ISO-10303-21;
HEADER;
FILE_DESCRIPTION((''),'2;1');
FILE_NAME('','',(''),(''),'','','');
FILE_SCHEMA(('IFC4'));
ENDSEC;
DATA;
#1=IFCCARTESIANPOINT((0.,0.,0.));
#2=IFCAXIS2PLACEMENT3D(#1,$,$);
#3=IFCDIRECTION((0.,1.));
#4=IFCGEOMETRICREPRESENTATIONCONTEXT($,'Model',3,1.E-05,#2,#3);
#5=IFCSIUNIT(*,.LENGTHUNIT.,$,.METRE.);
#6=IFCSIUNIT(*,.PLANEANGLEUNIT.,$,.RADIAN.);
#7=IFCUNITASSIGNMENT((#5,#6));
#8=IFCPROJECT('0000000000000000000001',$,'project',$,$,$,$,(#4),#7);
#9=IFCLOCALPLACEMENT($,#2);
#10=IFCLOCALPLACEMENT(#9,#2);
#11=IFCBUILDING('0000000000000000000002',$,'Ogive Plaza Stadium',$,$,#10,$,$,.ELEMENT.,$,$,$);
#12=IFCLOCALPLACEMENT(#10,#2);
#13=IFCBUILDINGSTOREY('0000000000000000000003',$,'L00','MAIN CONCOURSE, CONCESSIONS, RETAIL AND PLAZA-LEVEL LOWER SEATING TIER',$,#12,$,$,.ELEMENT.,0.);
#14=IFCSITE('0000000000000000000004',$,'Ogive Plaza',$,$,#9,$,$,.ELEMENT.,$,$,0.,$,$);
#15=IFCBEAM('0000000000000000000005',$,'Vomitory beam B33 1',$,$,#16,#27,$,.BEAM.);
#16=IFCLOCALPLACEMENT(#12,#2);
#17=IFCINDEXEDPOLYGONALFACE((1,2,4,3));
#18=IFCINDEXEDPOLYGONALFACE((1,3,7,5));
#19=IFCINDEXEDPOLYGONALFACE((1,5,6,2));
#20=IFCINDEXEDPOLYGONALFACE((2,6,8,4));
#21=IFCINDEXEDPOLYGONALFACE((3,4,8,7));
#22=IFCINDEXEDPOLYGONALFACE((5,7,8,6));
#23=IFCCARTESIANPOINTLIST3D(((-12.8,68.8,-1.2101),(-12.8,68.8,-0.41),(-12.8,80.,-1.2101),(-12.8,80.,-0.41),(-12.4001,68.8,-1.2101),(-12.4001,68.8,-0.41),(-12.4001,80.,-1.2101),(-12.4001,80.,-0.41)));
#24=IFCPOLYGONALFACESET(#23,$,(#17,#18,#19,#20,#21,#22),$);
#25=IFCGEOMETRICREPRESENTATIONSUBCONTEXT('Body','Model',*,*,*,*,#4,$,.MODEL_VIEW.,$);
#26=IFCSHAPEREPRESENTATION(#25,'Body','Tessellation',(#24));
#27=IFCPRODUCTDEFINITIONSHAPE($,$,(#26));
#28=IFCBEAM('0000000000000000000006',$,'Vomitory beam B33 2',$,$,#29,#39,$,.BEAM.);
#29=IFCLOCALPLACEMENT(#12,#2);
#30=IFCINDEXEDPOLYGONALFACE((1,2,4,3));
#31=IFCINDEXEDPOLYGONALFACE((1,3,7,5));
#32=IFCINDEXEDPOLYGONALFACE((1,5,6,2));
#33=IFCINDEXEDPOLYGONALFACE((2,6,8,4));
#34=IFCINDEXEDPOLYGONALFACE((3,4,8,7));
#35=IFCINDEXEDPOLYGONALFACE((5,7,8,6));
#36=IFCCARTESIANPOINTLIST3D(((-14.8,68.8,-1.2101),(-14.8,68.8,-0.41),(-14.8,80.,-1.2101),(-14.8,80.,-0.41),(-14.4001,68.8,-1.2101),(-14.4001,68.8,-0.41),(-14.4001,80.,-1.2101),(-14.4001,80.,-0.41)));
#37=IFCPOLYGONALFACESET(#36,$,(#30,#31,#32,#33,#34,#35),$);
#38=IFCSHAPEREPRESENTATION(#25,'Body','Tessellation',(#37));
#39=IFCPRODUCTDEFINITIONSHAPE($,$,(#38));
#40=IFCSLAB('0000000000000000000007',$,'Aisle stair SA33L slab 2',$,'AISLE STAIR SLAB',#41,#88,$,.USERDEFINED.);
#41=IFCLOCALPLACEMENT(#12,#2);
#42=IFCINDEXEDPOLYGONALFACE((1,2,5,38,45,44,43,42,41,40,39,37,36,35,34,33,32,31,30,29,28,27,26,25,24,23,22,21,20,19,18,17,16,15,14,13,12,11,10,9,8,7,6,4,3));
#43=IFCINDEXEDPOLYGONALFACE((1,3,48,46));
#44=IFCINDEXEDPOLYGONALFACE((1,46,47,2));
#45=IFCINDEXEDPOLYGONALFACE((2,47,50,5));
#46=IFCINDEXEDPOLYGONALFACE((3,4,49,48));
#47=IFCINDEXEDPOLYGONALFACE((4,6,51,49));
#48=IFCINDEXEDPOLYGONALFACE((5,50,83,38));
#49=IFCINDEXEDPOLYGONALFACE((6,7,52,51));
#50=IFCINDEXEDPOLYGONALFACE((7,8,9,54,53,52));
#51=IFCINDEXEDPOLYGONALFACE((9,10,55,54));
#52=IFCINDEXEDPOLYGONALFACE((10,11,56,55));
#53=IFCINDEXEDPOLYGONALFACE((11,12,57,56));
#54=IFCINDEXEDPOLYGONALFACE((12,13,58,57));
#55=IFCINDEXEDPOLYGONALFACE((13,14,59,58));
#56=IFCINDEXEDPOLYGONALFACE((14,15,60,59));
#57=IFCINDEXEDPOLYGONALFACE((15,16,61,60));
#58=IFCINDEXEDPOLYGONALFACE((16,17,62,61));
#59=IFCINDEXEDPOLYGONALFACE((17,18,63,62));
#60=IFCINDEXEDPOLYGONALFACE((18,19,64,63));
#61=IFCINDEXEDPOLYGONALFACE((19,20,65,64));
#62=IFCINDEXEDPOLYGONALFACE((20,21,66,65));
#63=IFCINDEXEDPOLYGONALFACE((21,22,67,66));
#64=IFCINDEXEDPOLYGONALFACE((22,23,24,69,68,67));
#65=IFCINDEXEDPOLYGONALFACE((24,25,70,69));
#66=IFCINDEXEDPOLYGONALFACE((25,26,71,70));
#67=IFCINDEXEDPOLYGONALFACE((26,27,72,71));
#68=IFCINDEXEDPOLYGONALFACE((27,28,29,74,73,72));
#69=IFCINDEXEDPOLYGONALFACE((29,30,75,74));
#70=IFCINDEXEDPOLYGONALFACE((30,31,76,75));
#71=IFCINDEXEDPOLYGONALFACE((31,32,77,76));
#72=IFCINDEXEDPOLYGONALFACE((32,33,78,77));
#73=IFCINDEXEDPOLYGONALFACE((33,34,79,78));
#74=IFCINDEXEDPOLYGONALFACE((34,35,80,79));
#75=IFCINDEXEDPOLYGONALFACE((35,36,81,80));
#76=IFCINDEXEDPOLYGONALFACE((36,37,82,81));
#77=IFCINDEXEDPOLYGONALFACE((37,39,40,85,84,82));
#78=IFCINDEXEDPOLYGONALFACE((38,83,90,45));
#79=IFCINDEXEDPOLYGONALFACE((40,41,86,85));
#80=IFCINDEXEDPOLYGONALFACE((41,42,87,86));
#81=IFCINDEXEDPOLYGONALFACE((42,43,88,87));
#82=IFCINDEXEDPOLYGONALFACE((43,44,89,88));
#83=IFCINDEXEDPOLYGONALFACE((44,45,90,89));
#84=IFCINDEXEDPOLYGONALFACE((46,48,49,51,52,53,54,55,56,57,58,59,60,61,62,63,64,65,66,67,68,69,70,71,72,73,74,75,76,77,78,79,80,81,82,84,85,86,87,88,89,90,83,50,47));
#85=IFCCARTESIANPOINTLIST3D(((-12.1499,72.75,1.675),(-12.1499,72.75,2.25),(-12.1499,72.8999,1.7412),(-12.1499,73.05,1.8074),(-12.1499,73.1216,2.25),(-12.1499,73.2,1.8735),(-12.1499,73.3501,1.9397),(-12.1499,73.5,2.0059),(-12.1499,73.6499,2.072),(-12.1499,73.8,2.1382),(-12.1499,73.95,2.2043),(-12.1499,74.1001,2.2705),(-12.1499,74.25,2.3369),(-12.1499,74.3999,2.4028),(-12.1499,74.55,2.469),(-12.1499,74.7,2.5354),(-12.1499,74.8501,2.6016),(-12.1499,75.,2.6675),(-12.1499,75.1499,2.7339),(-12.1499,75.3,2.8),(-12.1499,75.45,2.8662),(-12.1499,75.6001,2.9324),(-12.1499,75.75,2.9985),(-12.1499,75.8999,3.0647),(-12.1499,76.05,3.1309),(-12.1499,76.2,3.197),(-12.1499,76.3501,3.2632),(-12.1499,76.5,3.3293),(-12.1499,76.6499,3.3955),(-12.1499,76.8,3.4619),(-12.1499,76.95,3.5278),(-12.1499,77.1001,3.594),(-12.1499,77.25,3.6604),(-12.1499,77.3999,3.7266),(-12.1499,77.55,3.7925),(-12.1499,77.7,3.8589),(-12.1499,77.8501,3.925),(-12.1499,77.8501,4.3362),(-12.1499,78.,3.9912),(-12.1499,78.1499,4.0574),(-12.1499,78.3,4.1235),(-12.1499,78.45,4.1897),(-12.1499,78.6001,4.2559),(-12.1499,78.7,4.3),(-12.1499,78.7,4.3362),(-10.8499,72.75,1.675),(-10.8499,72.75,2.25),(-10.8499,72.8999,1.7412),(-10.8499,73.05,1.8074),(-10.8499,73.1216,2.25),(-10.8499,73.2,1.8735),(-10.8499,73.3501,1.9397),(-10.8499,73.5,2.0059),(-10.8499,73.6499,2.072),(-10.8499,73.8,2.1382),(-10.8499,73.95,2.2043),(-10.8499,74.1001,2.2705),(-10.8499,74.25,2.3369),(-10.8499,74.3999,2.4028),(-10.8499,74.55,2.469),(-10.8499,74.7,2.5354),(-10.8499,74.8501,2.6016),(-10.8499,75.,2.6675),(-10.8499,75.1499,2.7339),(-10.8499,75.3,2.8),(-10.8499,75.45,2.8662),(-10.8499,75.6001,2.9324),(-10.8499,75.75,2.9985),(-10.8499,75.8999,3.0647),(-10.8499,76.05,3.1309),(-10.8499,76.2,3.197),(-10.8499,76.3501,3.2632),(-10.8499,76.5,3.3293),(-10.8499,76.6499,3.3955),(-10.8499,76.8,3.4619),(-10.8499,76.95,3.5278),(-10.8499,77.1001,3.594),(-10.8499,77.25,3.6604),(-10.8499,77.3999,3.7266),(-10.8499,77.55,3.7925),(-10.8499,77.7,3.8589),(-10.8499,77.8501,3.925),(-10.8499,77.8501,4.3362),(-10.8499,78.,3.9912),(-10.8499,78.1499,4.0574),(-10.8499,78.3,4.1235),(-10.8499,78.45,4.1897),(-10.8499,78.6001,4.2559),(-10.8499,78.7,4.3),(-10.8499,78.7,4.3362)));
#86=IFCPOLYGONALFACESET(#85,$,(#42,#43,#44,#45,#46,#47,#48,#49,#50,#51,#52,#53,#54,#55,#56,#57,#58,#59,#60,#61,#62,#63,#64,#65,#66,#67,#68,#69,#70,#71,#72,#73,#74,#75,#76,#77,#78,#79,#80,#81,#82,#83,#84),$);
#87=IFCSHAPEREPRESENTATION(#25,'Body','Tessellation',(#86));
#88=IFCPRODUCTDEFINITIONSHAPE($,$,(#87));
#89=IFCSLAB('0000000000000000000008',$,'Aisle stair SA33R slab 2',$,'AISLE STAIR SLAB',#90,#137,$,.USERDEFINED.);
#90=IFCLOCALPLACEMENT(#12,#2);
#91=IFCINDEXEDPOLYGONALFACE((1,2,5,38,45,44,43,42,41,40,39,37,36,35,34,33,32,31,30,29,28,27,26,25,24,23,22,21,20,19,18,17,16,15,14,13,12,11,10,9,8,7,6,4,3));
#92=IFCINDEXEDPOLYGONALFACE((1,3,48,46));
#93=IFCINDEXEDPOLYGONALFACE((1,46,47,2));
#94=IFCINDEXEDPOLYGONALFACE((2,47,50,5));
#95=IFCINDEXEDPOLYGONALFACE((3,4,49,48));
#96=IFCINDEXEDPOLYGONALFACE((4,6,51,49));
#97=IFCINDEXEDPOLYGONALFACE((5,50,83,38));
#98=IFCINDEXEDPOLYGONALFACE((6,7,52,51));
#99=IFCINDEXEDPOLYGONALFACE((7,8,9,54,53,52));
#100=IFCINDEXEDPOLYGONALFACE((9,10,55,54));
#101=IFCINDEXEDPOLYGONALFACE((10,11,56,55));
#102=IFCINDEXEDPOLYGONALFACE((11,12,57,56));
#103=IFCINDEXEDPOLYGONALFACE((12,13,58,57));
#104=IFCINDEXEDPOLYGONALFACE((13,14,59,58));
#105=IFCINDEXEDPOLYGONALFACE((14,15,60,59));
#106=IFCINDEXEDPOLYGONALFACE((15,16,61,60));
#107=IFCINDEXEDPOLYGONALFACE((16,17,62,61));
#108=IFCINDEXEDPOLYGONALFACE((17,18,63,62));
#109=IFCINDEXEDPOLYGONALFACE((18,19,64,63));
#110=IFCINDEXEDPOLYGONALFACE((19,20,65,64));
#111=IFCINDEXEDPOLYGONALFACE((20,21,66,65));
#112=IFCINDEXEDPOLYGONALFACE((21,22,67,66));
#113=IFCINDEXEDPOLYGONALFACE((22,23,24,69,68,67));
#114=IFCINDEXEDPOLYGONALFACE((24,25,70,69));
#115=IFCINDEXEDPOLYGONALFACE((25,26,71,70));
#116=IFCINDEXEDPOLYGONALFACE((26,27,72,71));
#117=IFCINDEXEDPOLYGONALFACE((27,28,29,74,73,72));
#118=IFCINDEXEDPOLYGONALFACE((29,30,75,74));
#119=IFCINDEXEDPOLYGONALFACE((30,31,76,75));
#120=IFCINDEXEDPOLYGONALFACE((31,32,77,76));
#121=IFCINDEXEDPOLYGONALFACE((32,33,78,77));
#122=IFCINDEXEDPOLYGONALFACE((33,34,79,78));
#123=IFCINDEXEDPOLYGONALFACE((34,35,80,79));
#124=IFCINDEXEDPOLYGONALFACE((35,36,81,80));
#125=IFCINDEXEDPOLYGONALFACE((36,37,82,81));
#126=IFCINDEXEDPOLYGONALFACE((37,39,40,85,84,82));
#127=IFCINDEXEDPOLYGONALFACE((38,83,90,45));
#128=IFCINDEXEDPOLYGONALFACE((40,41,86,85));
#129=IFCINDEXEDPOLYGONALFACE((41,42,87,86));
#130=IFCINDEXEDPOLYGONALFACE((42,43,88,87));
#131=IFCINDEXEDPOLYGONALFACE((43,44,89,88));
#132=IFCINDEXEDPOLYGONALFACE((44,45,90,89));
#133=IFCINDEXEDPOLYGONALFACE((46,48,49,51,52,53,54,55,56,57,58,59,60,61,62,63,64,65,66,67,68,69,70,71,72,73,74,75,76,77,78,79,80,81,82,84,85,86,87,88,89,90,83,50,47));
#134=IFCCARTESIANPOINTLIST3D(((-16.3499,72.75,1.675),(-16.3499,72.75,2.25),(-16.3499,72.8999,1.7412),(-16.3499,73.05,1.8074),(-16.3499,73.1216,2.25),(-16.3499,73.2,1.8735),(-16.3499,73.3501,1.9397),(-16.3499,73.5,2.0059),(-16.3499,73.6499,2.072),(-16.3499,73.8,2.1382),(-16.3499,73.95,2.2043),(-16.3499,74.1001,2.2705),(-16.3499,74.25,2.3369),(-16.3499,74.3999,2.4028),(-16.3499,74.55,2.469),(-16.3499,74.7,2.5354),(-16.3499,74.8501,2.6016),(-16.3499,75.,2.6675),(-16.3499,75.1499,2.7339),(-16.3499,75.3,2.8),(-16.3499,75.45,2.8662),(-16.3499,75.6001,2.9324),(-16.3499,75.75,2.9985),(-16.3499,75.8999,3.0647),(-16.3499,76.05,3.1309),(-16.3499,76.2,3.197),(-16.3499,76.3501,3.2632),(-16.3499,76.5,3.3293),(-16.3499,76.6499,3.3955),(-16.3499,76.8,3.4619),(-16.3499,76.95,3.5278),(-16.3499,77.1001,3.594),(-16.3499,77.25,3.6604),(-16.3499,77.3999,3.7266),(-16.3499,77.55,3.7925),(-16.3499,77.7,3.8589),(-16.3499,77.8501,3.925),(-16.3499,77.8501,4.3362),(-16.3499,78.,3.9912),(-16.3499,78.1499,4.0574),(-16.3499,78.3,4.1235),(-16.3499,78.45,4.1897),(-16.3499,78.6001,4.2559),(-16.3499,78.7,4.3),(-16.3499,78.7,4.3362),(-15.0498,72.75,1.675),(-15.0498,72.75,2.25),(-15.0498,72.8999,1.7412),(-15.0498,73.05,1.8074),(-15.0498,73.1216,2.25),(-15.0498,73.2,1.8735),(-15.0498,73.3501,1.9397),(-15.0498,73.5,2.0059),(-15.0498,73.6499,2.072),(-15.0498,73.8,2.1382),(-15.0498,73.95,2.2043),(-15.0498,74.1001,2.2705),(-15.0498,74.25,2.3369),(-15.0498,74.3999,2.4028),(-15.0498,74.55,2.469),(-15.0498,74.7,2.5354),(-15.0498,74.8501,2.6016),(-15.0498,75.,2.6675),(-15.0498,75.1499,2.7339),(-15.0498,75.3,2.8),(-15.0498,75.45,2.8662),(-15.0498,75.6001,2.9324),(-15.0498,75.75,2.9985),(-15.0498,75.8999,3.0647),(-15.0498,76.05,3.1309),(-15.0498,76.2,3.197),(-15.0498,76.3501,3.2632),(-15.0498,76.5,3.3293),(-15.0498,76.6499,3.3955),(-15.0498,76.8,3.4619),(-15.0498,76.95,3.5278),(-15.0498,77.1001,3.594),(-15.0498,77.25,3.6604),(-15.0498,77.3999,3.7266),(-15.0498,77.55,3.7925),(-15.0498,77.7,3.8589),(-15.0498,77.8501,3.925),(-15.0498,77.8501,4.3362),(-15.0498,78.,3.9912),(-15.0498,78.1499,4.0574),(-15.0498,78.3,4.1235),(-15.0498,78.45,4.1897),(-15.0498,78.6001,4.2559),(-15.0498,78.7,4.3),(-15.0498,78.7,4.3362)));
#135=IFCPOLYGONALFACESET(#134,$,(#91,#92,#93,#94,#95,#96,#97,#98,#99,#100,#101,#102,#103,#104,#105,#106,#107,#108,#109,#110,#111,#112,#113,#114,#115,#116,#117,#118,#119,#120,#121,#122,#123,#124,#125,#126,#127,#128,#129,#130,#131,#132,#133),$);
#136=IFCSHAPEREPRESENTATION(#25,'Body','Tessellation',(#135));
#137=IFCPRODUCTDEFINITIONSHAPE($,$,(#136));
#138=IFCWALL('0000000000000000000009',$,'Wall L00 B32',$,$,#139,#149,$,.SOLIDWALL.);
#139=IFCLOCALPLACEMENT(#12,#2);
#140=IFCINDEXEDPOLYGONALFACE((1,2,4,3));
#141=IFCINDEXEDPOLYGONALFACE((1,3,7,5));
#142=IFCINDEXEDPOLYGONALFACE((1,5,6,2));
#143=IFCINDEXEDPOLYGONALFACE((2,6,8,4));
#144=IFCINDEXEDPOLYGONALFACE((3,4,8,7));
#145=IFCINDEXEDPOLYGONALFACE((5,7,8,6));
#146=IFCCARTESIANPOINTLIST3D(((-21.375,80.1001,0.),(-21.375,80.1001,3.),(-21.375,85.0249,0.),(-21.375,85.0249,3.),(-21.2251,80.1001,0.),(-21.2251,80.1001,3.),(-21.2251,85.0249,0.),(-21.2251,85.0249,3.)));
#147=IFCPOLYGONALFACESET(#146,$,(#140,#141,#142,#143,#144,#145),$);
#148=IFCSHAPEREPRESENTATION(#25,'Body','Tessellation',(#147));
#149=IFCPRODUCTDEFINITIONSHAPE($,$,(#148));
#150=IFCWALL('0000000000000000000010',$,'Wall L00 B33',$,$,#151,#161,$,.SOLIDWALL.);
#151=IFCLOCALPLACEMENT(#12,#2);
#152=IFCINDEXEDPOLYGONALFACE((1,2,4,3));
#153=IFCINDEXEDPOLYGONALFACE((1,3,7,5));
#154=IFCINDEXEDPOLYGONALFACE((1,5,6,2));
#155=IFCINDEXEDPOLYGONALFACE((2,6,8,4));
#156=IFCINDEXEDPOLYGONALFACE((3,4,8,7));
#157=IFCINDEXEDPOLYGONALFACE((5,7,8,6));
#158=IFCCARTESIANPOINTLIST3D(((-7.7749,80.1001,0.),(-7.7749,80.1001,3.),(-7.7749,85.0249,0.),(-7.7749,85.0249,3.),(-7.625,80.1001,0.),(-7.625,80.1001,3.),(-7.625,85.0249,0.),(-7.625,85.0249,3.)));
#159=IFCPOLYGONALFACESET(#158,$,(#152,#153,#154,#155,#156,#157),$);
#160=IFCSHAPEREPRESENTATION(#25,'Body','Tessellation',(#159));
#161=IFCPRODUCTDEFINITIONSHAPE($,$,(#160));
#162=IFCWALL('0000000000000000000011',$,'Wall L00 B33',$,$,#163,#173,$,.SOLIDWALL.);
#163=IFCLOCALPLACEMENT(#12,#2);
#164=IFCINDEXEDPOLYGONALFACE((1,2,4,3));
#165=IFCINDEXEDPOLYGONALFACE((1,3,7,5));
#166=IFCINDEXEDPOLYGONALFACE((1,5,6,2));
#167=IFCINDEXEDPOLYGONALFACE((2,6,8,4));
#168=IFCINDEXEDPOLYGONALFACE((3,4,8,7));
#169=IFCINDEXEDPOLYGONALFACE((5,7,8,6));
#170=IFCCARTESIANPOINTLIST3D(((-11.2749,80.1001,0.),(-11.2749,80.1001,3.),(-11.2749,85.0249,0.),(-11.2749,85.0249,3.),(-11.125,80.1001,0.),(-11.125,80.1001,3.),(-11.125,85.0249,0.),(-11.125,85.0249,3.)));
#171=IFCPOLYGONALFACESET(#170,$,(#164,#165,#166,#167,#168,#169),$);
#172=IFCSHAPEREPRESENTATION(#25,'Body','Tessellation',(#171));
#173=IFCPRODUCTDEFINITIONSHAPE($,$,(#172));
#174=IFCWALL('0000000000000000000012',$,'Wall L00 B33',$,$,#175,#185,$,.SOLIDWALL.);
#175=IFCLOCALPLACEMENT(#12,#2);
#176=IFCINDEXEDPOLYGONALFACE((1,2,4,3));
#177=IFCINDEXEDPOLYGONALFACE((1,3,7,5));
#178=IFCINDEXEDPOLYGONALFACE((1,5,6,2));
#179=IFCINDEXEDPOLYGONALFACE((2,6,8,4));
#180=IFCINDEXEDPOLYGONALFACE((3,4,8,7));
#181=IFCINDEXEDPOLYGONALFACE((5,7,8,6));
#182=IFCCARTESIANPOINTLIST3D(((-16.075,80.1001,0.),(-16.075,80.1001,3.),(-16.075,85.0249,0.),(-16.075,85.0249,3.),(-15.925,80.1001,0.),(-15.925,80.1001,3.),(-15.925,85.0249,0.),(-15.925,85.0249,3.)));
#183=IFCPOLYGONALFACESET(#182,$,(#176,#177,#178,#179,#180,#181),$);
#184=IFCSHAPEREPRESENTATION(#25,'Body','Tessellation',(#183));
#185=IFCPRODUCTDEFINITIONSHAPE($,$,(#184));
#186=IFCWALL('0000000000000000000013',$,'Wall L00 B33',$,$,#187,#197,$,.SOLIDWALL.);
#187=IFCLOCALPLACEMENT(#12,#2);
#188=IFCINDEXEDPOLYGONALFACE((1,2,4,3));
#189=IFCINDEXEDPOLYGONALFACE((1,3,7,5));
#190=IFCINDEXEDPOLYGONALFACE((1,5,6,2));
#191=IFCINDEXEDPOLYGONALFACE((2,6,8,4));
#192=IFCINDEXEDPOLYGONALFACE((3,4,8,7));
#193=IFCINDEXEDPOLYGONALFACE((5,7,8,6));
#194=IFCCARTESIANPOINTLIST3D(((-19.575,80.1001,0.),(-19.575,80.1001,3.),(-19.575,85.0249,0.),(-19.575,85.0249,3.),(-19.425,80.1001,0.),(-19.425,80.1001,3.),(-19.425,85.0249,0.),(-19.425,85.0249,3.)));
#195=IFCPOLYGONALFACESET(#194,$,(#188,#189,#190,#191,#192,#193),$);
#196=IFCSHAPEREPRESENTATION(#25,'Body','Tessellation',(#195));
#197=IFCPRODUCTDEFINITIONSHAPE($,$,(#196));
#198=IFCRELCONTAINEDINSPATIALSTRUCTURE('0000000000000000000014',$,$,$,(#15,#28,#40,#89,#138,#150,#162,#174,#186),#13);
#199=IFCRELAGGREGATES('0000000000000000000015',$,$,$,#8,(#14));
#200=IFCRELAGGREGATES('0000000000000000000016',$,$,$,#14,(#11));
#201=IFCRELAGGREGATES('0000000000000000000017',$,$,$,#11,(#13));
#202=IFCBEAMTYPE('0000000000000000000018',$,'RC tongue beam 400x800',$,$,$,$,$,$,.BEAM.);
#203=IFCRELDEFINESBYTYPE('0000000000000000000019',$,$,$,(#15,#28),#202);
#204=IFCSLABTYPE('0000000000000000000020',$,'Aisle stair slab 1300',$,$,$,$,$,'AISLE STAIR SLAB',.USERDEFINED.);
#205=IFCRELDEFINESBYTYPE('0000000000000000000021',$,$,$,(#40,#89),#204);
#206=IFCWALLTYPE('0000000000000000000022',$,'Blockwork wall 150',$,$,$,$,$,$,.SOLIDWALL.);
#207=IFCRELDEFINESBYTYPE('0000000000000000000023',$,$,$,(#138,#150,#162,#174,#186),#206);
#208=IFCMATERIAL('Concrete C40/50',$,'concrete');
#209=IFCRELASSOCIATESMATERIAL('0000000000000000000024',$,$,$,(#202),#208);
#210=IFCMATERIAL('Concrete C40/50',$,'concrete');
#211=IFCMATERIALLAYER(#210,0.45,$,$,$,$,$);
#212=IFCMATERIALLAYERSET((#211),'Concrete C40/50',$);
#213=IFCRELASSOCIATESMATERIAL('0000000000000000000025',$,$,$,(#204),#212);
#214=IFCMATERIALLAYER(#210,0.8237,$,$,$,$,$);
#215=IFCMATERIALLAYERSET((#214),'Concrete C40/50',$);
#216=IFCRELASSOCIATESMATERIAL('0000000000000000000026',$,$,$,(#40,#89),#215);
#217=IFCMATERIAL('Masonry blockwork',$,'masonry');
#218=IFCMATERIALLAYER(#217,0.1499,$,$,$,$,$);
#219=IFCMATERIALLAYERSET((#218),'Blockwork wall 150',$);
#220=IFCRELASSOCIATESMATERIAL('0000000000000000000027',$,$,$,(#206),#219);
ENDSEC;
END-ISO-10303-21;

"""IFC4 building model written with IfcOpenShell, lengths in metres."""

from ifc_helpers import new_model, si_unit, direction, frame, frame_2d, origin, origin_2d, place, context, subcontext, project, spatial, polyline, rectangle, outline, extrude, material, layer, layer_set, material_profile, profile_set, type_object, element, save


model = new_model("IFC4")

# Units and contexts
model_context = context("Model", 3, precision=1e-05, world=origin(), true_north=direction((0.0, 1.0)))
body_context = subcontext(model_context, "Body", "Model", "MODEL_VIEW")
ifc_project = project(units=[si_unit("LENGTHUNIT", "METRE"), si_unit("PLANEANGLEUNIT", "RADIAN")], contexts=[model_context])

# Site, building, storey
site_placement = place(None, origin())
site = spatial("IfcSite", under=ifc_project, at=site_placement, Name="Ogive Plaza", CompositionType="ELEMENT", RefElevation=0.0)
building_placement = place(site_placement, origin())
building = spatial("IfcBuilding", under=site, at=building_placement, Name="Ogive Plaza Stadium", CompositionType="ELEMENT")
storey_placement = place(building_placement, origin())
storey = spatial("IfcBuildingStorey", under=building, at=storey_placement, Name="L00", Description="MAIN CONCOURSE, CONCESSIONS, RETAIL AND PLAZA-LEVEL LOWER SEATING TIER", CompositionType="ELEMENT", Elevation=0.0)

# Beams
ifc_material_1 = material(Name="Concrete C40/50", Category="concrete")
ifc_material_profile = material_profile(ifc_material_1, rectangle(XDim=0.3999, YDim=0.8, at=origin_2d()), Name="RC 400x800")
ifc_profile_set = profile_set([ifc_material_profile], Name="Concrete C40/50")
beam_type = type_object("IfcBeamType", Name="RC tongue beam 400x800", PredefinedType="BEAM", material=ifc_profile_set)
for number, where, z_axis, x_axis, name in (
    (1, (-12.6001, 68.8, -0.8101), (0.0, 1.0, 0.0), (-1.0, 0.0, 0.0), "Vomitory beam B33 1"),
    (2, (-14.6001, 68.8, -0.8101), (0.0, 1.0, 0.0), (-1.0, 0.0, 0.0), "Vomitory beam B33 2"),
):
    element("IfcBeam", number, at=place(storey_placement, frame(where, z_axis=z_axis, x_axis=x_axis)), inside=storey, type_object=beam_type, Name=name, PredefinedType="BEAM", context=body_context, shape_type="SweptSolid", body=[
        extrude(rectangle(XDim=0.3999, YDim=0.8, at=origin_2d()), origin(), (0.0, 0.0, 1.0), 11.2),
    ])

# Slabs
ifc_material_2 = material(Name="Concrete C40/50", Category="concrete")
ifc_layer_1 = layer(ifc_material_2, 0.8237)
ifc_layer_set_1 = layer_set([ifc_layer_1], Name="Concrete C40/50")
ifc_layer_2 = layer(ifc_material_2, 0.45)
ifc_layer_set_2 = layer_set([ifc_layer_2], Name="Concrete C40/50")
slab_type = type_object("IfcSlabType", Name="Aisle stair slab 1300", ElementType="AISLE STAIR SLAB", PredefinedType="USERDEFINED", material=ifc_layer_set_2)
for number, where, z_axis, x_axis, name in (
    (3, (-11.5, 72.75, 0.0), (0.0, 0.0, 1.0), (0.0, 1.0, 0.0), "Aisle stair SA33L slab 2"),
    (4, (-15.7, 72.75, 0.0), (0.0, 0.0, 1.0), (0.0, 1.0, 0.0), "Aisle stair SA33R slab 2"),
):
    element("IfcSlab", number, at=place(storey_placement, frame(where, z_axis=z_axis, x_axis=x_axis)), inside=storey, type_object=slab_type, material=ifc_layer_set_1, Name=name, ObjectType="AISLE STAIR SLAB", PredefinedType="USERDEFINED", context=body_context, shape_type="SweptSolid", body=[
        extrude(outline(polyline([(0.0, 2.25), (0.3716, 2.25), (5.1001, 4.3362), (5.95, 4.3362), (5.95, 4.3), (5.8501, 4.2559), (5.7, 4.1897), (5.55, 4.1235), (5.3999, 4.0574), (5.25, 3.9912), (5.1001, 3.925), (4.95, 3.8589), (4.8, 3.7925), (4.6499, 3.7266), (4.5, 3.6604), (4.3501, 3.594), (4.2, 3.5278), (4.05, 3.4619), (3.8999, 3.3955), (3.75, 3.3293), (3.6001, 3.2632), (3.45, 3.197), (3.3, 3.1309), (3.1499, 3.0647), (3.0, 2.9985), (2.8501, 2.9324), (2.7, 2.8662), (2.55, 2.8), (2.3999, 2.7339), (2.25, 2.6675), (2.1001, 2.6016), (1.95, 2.5354), (1.8, 2.469), (1.6499, 2.4028), (1.5, 2.3369), (1.3501, 2.2705), (1.2, 2.2043), (1.05, 2.1382), (0.8999, 2.072), (0.75, 2.0059), (0.6001, 1.9397), (0.45, 1.8735), (0.3, 1.8074), (0.1499, 1.7412), (0.0, 1.675), (0.0, 2.25)])), frame((0.0, 0.6499, 0.0), z_axis=(0.0, -1.0, 0.0), x_axis=(1.0, 0.0, 0.0)), (0.0, 0.0, 1.0), 1.3),
    ])

# Walls
ifc_material_3 = material(Name="Masonry blockwork", Category="masonry")
ifc_layer_3 = layer(ifc_material_3, 0.1499)
ifc_layer_set_3 = layer_set([ifc_layer_3], Name="Blockwork wall 150")
wall_type_1 = type_object("IfcWallType", Name="Blockwork wall 150", PredefinedType="SOLIDWALL", material=ifc_layer_set_3)
for number, where, z_axis, x_axis, name in (
    (5, (-21.3, 80.1001, 0.0), (0.0, 0.0, 1.0), (0.0, 1.0, 0.0), "Wall L00 B32"),
    (6, (-7.7, 80.1001, 0.0), (0.0, 0.0, 1.0), (0.0, 1.0, 0.0), "Wall L00 B33"),
    (7, (-11.2, 80.1001, 0.0), (0.0, 0.0, 1.0), (0.0, 1.0, 0.0), "Wall L00 B33"),
    (8, (-16.0, 80.1001, 0.0), (0.0, 0.0, 1.0), (0.0, 1.0, 0.0), "Wall L00 B33"),
    (9, (-19.5, 80.1001, 0.0), (0.0, 0.0, 1.0), (0.0, 1.0, 0.0), "Wall L00 B33"),
):
    element("IfcWall", number, at=place(storey_placement, frame(where, z_axis=z_axis, x_axis=x_axis)), inside=storey, type_object=wall_type_1, Name=name, PredefinedType="SOLIDWALL", context=body_context, shape_type="SweptSolid", body=[
        extrude(rectangle(XDim=4.9248, YDim=0.1499, at=frame_2d((2.4624, 0.0))), origin(), (0.0, 0.0, 1.0), 3.0),
    ])

save(model, "model.ifc")
